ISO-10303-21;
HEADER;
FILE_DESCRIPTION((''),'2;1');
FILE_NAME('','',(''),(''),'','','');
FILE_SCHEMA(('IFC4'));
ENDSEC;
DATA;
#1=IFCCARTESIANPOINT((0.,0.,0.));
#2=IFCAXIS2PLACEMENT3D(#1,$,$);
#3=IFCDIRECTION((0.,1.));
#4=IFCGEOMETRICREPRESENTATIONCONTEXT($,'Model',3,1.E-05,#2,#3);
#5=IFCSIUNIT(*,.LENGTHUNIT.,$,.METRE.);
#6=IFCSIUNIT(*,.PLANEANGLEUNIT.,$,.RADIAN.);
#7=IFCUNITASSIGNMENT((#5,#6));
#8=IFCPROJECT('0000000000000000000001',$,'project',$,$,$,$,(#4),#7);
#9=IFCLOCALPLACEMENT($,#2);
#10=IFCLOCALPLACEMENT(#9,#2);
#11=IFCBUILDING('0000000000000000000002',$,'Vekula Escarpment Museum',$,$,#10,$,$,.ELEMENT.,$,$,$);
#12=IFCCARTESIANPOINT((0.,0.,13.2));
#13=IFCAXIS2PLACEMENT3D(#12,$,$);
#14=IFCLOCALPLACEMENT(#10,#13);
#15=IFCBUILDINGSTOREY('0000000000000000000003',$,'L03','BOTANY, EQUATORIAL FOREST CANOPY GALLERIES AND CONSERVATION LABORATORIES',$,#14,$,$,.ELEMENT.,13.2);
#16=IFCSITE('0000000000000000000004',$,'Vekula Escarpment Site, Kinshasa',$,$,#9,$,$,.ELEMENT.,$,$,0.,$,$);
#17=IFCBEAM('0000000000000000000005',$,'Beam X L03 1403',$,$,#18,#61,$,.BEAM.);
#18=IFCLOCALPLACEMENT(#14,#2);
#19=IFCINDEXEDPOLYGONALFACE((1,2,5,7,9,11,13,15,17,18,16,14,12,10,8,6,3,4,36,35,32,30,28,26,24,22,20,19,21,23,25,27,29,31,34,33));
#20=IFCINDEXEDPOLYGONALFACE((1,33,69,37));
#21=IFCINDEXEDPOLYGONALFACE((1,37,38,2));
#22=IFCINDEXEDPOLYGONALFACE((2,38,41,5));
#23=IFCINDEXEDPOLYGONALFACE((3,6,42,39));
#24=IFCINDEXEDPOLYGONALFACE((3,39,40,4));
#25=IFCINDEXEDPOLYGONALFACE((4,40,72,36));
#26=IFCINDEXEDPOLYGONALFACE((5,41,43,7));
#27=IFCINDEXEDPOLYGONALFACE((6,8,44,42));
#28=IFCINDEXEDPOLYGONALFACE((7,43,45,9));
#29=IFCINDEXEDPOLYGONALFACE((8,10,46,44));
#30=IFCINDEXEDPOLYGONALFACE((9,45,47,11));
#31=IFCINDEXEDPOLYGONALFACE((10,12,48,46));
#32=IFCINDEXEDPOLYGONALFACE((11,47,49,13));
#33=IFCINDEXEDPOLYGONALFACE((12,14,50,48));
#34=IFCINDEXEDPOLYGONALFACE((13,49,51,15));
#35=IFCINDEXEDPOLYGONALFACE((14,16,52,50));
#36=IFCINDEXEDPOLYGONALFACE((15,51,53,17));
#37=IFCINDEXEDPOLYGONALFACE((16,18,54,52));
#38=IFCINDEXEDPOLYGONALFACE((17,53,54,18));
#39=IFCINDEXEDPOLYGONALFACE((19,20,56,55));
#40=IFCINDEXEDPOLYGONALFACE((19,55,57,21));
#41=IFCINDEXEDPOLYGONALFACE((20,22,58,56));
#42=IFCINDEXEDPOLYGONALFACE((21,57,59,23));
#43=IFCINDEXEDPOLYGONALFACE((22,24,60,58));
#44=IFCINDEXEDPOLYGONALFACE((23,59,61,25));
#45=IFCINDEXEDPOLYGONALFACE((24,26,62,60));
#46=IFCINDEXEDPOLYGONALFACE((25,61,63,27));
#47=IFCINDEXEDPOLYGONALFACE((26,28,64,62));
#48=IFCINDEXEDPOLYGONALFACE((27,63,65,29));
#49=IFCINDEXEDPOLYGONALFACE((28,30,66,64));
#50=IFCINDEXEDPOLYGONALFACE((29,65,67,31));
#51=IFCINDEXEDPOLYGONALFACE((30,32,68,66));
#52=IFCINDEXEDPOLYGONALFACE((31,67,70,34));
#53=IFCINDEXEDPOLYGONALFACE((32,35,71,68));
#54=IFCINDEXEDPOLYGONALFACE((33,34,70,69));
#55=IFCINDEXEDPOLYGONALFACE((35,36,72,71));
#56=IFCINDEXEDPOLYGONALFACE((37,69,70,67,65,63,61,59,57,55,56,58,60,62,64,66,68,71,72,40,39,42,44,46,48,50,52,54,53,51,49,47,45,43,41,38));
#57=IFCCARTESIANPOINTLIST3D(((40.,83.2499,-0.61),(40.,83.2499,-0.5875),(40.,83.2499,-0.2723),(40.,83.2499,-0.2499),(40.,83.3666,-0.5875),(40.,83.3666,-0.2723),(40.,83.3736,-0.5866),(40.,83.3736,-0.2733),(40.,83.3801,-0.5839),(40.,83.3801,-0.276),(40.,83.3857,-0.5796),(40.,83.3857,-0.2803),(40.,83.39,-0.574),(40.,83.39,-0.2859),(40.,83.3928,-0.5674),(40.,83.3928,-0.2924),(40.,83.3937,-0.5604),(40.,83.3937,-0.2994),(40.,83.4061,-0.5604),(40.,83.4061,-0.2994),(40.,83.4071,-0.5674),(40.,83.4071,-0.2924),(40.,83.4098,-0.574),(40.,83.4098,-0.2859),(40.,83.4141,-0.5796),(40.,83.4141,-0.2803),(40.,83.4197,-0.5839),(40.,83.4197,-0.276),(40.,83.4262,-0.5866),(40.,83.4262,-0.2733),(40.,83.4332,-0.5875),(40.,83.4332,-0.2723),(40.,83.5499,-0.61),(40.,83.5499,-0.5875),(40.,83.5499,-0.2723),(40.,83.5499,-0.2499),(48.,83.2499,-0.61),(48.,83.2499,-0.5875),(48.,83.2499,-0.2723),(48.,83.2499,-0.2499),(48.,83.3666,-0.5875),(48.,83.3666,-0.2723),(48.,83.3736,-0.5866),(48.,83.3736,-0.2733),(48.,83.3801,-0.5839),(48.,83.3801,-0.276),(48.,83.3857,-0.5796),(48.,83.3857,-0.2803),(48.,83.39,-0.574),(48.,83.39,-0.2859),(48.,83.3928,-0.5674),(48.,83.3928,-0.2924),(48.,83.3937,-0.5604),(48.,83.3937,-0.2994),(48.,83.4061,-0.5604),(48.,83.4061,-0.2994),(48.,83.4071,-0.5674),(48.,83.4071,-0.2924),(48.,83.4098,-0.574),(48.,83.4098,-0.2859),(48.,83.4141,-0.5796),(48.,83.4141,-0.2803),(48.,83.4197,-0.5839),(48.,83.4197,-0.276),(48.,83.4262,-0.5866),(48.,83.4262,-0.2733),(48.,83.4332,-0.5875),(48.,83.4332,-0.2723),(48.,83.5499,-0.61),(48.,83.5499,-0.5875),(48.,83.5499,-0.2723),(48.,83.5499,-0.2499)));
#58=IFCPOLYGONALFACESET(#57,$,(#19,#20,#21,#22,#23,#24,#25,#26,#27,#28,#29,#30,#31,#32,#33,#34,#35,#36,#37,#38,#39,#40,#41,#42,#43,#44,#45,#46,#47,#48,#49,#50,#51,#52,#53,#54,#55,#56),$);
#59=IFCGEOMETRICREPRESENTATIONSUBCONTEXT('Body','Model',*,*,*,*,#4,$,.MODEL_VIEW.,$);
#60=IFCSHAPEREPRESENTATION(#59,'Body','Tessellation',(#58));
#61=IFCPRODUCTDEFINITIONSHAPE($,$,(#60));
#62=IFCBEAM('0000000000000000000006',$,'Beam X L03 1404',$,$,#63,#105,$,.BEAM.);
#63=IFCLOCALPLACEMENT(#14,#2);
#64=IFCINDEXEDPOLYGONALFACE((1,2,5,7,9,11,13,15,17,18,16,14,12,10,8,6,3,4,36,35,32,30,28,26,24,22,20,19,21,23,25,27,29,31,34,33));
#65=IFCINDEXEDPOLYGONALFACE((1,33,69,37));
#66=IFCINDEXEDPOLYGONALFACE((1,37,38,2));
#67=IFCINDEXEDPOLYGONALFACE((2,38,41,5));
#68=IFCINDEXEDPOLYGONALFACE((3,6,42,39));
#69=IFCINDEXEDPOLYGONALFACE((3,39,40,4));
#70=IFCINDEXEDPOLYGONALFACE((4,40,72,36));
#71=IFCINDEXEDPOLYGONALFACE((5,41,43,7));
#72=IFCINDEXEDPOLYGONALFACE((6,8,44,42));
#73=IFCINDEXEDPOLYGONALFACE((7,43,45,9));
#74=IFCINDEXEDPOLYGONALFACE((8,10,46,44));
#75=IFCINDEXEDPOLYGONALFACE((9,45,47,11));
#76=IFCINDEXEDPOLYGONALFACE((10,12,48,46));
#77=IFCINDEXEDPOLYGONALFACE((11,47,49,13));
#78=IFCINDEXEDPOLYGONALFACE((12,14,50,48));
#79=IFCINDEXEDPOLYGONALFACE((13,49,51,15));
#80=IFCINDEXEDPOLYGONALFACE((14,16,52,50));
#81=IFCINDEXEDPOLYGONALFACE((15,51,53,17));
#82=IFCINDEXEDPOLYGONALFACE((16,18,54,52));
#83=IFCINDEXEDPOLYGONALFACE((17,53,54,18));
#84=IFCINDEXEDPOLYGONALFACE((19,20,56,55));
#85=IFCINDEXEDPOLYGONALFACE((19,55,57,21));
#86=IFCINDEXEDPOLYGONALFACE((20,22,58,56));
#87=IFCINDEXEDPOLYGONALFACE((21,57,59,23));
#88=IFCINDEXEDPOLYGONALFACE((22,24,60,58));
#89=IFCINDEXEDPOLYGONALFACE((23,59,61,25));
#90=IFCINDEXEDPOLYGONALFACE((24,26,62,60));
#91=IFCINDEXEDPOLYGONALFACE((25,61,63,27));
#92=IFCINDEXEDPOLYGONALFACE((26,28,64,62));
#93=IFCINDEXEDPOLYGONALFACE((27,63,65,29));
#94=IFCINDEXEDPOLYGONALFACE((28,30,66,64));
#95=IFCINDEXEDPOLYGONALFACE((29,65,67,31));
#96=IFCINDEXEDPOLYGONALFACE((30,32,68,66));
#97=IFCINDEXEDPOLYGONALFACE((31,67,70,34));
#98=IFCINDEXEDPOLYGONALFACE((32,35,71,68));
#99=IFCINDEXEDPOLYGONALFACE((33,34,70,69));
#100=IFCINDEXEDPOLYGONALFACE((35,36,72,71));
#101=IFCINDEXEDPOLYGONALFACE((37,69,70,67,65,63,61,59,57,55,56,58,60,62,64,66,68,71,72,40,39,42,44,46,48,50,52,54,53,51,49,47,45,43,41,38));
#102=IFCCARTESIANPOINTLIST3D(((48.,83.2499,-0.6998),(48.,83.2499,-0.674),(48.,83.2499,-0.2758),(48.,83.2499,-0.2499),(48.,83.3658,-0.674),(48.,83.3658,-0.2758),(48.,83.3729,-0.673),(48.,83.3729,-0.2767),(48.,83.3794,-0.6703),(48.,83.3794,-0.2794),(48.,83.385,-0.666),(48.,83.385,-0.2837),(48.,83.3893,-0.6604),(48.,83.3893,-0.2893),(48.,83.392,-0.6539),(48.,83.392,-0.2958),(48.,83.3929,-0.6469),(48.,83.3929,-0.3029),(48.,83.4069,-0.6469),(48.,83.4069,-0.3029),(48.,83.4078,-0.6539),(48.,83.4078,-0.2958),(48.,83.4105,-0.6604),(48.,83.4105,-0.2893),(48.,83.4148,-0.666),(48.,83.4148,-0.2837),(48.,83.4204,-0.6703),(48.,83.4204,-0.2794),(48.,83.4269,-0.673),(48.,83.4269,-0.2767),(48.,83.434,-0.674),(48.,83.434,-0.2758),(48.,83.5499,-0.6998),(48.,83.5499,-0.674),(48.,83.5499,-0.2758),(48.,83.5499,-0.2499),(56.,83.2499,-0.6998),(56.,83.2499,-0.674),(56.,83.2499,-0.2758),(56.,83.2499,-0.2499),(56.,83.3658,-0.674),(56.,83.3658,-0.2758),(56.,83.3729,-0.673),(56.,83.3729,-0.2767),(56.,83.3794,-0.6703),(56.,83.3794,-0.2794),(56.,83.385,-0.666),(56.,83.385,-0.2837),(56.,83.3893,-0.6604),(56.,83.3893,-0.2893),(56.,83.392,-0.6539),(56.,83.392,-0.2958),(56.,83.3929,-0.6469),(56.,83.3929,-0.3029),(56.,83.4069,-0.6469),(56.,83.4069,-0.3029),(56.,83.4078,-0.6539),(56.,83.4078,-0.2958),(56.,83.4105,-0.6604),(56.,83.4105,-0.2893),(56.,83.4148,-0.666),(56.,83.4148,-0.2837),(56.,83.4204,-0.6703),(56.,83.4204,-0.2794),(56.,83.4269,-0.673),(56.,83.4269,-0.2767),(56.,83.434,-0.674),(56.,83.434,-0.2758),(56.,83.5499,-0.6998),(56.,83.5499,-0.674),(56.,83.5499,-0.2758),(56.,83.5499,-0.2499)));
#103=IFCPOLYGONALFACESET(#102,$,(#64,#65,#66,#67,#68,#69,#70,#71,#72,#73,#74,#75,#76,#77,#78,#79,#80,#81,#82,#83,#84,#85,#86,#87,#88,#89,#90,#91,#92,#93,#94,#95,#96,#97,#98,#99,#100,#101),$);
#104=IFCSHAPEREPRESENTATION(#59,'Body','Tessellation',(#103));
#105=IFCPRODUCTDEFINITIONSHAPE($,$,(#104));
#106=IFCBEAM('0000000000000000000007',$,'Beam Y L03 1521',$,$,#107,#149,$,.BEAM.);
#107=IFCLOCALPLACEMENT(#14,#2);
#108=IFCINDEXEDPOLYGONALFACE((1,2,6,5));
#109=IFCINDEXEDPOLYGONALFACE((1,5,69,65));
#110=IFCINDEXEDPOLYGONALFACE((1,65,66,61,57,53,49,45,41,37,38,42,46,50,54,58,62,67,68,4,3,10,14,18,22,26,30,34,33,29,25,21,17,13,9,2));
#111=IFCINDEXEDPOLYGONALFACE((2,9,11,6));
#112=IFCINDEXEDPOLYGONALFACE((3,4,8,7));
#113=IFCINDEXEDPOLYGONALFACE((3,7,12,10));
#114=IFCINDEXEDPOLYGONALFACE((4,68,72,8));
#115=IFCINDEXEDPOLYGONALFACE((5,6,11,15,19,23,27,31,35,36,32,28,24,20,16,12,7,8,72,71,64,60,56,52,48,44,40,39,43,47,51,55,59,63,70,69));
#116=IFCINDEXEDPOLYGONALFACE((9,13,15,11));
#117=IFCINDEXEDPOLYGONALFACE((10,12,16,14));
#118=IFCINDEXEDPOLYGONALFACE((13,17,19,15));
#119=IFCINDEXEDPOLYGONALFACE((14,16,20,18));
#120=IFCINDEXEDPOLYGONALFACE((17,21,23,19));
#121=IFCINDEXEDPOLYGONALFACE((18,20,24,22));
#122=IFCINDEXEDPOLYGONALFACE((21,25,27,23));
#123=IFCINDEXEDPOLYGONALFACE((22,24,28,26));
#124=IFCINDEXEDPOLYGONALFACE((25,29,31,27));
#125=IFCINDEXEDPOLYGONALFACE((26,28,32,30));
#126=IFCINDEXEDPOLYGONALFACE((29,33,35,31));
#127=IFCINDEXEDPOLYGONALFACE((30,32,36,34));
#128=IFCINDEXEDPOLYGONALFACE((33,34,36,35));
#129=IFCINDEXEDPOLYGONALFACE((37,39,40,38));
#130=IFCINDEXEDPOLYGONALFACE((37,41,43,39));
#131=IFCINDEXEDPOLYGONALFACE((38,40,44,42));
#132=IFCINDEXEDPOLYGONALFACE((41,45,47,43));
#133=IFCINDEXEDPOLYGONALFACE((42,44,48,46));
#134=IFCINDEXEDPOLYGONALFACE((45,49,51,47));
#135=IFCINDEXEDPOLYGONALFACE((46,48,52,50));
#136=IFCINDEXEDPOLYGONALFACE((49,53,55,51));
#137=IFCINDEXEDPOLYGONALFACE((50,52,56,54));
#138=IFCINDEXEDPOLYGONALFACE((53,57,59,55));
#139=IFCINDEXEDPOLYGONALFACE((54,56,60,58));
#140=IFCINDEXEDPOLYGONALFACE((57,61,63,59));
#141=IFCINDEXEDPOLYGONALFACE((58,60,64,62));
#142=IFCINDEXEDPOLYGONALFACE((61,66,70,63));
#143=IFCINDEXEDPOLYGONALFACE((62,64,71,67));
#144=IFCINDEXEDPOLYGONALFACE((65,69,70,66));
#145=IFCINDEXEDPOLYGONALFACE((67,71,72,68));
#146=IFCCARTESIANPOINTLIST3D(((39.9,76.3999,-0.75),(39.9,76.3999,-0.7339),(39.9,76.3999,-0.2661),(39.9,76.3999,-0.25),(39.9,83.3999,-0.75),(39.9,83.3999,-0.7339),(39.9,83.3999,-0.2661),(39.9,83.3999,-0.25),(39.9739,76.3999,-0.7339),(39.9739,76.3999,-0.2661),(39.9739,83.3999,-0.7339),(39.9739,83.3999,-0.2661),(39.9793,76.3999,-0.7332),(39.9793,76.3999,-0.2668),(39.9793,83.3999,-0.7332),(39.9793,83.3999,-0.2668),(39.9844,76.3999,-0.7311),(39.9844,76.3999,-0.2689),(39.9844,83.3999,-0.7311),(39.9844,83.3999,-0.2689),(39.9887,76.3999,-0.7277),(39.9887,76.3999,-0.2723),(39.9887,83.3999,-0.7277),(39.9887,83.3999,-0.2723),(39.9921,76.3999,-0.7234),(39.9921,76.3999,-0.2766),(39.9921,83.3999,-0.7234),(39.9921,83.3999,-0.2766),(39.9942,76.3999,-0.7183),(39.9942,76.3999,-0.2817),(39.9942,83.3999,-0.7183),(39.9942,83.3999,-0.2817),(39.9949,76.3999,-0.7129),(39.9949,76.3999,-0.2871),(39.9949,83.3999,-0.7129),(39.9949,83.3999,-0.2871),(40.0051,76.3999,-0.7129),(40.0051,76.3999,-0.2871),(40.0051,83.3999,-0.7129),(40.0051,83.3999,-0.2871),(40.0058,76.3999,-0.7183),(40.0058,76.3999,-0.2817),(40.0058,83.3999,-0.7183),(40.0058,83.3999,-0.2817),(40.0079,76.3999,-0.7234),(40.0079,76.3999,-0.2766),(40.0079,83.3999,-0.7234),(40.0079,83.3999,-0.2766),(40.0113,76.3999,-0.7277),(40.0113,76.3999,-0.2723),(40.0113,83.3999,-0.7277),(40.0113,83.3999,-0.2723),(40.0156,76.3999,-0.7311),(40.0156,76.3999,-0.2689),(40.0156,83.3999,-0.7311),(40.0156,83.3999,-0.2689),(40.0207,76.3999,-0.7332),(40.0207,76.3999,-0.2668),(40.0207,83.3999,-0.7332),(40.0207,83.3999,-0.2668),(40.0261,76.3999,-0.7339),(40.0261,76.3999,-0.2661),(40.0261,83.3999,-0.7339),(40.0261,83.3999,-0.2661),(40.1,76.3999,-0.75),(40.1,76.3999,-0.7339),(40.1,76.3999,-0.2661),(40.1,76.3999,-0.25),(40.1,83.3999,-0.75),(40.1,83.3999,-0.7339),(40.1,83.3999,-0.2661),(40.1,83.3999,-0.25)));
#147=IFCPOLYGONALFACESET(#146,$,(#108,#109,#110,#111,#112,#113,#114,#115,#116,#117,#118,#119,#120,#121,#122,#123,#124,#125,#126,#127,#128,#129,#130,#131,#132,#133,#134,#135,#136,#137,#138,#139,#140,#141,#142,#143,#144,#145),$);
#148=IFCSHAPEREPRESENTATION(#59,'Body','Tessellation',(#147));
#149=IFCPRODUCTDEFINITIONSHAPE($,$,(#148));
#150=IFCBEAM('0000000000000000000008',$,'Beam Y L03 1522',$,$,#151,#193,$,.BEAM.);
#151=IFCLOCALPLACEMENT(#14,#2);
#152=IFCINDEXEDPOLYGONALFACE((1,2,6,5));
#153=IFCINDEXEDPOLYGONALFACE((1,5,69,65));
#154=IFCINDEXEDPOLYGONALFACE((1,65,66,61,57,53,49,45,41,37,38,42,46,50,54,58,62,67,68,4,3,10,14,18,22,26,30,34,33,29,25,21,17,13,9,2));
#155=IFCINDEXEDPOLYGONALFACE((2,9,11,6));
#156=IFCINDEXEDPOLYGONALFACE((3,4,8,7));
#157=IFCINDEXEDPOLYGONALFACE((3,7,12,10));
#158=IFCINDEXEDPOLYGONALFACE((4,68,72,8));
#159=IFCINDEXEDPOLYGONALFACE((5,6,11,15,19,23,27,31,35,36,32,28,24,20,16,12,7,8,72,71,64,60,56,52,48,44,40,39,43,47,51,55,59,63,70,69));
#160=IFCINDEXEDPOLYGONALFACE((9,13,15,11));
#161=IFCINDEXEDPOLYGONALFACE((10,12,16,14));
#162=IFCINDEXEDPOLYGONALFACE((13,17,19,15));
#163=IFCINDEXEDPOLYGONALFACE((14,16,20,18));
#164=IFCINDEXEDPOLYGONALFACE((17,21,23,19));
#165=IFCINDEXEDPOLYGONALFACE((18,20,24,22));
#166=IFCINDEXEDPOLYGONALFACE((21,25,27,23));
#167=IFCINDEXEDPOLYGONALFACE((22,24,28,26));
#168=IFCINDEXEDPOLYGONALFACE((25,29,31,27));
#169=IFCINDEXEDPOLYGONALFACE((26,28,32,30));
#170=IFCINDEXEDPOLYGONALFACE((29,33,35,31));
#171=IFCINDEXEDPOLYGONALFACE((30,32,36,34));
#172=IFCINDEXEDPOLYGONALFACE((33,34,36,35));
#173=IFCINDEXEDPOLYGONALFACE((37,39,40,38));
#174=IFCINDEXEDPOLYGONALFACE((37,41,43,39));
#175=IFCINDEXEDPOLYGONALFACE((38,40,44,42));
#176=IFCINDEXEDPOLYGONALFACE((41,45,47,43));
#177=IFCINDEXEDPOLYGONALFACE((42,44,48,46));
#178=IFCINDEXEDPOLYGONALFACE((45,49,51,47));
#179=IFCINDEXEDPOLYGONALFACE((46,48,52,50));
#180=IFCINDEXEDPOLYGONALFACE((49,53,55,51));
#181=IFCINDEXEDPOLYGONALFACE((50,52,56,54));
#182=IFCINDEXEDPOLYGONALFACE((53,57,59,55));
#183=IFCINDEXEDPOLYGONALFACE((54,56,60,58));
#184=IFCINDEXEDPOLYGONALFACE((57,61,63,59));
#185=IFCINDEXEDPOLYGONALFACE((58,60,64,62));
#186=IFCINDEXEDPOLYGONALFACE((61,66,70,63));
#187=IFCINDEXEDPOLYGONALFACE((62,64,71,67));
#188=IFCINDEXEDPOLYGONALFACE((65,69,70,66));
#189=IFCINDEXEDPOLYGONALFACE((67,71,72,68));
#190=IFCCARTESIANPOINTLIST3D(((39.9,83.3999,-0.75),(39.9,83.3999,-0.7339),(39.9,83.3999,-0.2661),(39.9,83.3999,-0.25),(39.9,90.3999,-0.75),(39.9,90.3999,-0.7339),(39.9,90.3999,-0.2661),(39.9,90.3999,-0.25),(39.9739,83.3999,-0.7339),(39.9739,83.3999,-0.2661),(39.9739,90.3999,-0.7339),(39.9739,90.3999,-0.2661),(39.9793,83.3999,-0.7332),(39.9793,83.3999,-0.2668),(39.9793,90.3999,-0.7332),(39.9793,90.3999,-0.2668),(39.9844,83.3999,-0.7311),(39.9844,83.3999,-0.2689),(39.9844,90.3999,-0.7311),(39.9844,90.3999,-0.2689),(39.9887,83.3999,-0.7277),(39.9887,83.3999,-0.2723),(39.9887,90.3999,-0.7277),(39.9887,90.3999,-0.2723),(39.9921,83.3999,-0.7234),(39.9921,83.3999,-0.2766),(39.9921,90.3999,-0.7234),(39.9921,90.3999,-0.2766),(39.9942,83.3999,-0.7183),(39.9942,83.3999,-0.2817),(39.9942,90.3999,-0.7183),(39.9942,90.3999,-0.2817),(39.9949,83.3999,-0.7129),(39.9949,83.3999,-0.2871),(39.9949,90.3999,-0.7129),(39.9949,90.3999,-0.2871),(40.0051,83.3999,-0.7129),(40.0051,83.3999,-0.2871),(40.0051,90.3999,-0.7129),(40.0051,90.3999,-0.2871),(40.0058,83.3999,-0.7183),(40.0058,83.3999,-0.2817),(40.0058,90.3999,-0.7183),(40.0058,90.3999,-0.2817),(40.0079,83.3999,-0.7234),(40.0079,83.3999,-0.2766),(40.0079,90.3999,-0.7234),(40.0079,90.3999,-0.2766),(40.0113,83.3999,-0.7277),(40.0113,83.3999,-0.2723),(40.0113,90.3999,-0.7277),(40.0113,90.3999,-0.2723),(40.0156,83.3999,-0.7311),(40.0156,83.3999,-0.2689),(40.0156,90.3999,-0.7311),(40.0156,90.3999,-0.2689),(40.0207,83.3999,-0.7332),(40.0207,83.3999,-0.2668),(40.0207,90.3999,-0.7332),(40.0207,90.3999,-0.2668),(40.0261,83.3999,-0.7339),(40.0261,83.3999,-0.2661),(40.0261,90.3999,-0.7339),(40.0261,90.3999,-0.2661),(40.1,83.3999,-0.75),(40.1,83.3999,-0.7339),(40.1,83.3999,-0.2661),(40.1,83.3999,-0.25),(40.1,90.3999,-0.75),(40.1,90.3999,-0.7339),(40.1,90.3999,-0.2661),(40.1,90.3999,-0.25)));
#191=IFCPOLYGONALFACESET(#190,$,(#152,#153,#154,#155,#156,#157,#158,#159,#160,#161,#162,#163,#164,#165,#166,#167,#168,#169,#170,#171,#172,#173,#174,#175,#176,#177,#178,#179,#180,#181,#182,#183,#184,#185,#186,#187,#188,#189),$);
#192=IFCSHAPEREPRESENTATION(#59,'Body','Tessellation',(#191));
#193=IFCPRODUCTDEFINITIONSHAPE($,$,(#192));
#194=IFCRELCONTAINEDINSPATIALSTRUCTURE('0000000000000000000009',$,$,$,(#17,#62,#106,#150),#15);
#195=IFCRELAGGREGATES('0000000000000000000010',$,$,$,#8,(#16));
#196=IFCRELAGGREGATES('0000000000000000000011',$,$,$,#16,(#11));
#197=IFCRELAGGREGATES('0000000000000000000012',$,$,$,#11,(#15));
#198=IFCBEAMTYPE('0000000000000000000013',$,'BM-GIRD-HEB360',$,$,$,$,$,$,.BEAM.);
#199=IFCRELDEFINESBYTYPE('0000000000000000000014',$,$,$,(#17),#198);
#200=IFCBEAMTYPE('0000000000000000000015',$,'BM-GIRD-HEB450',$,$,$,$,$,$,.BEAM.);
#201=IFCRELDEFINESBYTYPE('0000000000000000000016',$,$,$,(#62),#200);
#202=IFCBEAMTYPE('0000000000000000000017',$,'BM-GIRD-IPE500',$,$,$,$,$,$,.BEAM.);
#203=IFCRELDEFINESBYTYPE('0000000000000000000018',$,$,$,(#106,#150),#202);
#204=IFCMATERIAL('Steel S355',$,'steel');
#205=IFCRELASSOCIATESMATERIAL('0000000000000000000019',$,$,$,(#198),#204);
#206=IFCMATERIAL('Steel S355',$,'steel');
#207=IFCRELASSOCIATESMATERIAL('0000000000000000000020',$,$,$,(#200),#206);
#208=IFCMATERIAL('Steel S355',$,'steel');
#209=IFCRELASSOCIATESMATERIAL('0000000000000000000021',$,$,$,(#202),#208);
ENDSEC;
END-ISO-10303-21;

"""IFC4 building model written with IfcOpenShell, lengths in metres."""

from ifc_helpers import new_model, si_unit, direction, frame, origin, origin_2d, place, context, subcontext, project, spatial, i_section, extrude, material, material_profile, profile_set, type_object, element, save


model = new_model("IFC4")

# Units and contexts
model_context = context("Model", 3, precision=1e-05, world=origin(), true_north=direction((0.0, 1.0)))
body_context = subcontext(model_context, "Body", "Model", "MODEL_VIEW")
ifc_project = project(units=[si_unit("LENGTHUNIT", "METRE"), si_unit("PLANEANGLEUNIT", "RADIAN")], contexts=[model_context])

# Site, building, storey
site_placement = place(None, origin())
site = spatial("IfcSite", under=ifc_project, at=site_placement, Name="Vekula Escarpment Site, Kinshasa", CompositionType="ELEMENT", RefElevation=0.0)
building_placement = place(site_placement, origin())
building = spatial("IfcBuilding", under=site, at=building_placement, Name="Vekula Escarpment Museum", CompositionType="ELEMENT")
storey_placement = place(building_placement, frame((0.0, 0.0, 13.2)))
storey = spatial("IfcBuildingStorey", under=building, at=storey_placement, Name="L03", Description="BOTANY, EQUATORIAL FOREST CANOPY GALLERIES AND CONSERVATION LABORATORIES", CompositionType="ELEMENT", Elevation=13.2)

# Beams
ifc_material_1 = material(Name="Steel S355", Category="steel")
ifc_material_profile_1 = material_profile(ifc_material_1, i_section(OverallWidth=0.3, OverallDepth=0.3601, WebThickness=0.0125, FlangeThickness=0.0225, FilletRadius=0.0271, at=origin_2d()), Name="HEB 360")
ifc_profile_set_1 = profile_set([ifc_material_profile_1], Name="Steel S355")
beam_type_1 = type_object("IfcBeamType", Name="BM-GIRD-HEB360", PredefinedType="BEAM", material=ifc_profile_set_1)
beam_1_placement = place(storey_placement, frame((40.0, 83.3999, -0.4299), z_axis=(1.0, 0.0, 0.0), x_axis=(0.0, 1.0, 0.0)))
element("IfcBeam", 1, at=beam_1_placement, inside=storey, type_object=beam_type_1, Name="Beam X L03 1403", PredefinedType="BEAM", context=body_context, shape_type="SweptSolid", body=[
    extrude(i_section(OverallWidth=0.3, OverallDepth=0.3601, WebThickness=0.0125, FlangeThickness=0.0225, FilletRadius=0.0271, at=origin_2d()), origin(), (0.0, 0.0, 1.0), 8.0),
])
ifc_material_2 = material(Name="Steel S355", Category="steel")
ifc_material_profile_2 = material_profile(ifc_material_2, i_section(OverallWidth=0.3, OverallDepth=0.45, WebThickness=0.0139, FlangeThickness=0.0259, FilletRadius=0.0271, at=origin_2d()), Name="HEB 450")
ifc_profile_set_2 = profile_set([ifc_material_profile_2], Name="Steel S355")
beam_type_2 = type_object("IfcBeamType", Name="BM-GIRD-HEB450", PredefinedType="BEAM", material=ifc_profile_set_2)
beam_2_placement = place(storey_placement, frame((48.0, 83.3999, -0.4749), z_axis=(1.0, 0.0, 0.0), x_axis=(0.0, 1.0, 0.0)))
element("IfcBeam", 2, at=beam_2_placement, inside=storey, type_object=beam_type_2, Name="Beam X L03 1404", PredefinedType="BEAM", context=body_context, shape_type="SweptSolid", body=[
    extrude(i_section(OverallWidth=0.3, OverallDepth=0.45, WebThickness=0.0139, FlangeThickness=0.0259, FilletRadius=0.0271, at=origin_2d()), origin(), (0.0, 0.0, 1.0), 8.0),
])
ifc_material_3 = material(Name="Steel S355", Category="steel")
ifc_material_profile_3 = material_profile(ifc_material_3, i_section(OverallWidth=0.2, OverallDepth=0.5, WebThickness=0.0103, FlangeThickness=0.0161, FilletRadius=0.021, at=origin_2d()), Name="IPE 500")
ifc_profile_set_3 = profile_set([ifc_material_profile_3], Name="Steel S355")
beam_type_3 = type_object("IfcBeamType", Name="BM-GIRD-IPE500", PredefinedType="BEAM", material=ifc_profile_set_3)
for number, where, z_axis, x_axis, name in (
    (3, (40.0, 76.3999, -0.5), (0.0, 1.0, 0.0), (-1.0, 0.0, 0.0), "Beam Y L03 1521"),
    (4, (40.0, 83.3999, -0.5), (0.0, 1.0, 0.0), (-1.0, 0.0, 0.0), "Beam Y L03 1522"),
):
    element("IfcBeam", number, at=place(storey_placement, frame(where, z_axis=z_axis, x_axis=x_axis)), inside=storey, type_object=beam_type_3, Name=name, PredefinedType="BEAM", context=body_context, shape_type="SweptSolid", body=[
        extrude(i_section(OverallWidth=0.2, OverallDepth=0.5, WebThickness=0.0103, FlangeThickness=0.0161, FilletRadius=0.021, at=origin_2d()), origin(), (0.0, 0.0, 1.0), 7.0),
    ])

save(model, "model.ifc")
